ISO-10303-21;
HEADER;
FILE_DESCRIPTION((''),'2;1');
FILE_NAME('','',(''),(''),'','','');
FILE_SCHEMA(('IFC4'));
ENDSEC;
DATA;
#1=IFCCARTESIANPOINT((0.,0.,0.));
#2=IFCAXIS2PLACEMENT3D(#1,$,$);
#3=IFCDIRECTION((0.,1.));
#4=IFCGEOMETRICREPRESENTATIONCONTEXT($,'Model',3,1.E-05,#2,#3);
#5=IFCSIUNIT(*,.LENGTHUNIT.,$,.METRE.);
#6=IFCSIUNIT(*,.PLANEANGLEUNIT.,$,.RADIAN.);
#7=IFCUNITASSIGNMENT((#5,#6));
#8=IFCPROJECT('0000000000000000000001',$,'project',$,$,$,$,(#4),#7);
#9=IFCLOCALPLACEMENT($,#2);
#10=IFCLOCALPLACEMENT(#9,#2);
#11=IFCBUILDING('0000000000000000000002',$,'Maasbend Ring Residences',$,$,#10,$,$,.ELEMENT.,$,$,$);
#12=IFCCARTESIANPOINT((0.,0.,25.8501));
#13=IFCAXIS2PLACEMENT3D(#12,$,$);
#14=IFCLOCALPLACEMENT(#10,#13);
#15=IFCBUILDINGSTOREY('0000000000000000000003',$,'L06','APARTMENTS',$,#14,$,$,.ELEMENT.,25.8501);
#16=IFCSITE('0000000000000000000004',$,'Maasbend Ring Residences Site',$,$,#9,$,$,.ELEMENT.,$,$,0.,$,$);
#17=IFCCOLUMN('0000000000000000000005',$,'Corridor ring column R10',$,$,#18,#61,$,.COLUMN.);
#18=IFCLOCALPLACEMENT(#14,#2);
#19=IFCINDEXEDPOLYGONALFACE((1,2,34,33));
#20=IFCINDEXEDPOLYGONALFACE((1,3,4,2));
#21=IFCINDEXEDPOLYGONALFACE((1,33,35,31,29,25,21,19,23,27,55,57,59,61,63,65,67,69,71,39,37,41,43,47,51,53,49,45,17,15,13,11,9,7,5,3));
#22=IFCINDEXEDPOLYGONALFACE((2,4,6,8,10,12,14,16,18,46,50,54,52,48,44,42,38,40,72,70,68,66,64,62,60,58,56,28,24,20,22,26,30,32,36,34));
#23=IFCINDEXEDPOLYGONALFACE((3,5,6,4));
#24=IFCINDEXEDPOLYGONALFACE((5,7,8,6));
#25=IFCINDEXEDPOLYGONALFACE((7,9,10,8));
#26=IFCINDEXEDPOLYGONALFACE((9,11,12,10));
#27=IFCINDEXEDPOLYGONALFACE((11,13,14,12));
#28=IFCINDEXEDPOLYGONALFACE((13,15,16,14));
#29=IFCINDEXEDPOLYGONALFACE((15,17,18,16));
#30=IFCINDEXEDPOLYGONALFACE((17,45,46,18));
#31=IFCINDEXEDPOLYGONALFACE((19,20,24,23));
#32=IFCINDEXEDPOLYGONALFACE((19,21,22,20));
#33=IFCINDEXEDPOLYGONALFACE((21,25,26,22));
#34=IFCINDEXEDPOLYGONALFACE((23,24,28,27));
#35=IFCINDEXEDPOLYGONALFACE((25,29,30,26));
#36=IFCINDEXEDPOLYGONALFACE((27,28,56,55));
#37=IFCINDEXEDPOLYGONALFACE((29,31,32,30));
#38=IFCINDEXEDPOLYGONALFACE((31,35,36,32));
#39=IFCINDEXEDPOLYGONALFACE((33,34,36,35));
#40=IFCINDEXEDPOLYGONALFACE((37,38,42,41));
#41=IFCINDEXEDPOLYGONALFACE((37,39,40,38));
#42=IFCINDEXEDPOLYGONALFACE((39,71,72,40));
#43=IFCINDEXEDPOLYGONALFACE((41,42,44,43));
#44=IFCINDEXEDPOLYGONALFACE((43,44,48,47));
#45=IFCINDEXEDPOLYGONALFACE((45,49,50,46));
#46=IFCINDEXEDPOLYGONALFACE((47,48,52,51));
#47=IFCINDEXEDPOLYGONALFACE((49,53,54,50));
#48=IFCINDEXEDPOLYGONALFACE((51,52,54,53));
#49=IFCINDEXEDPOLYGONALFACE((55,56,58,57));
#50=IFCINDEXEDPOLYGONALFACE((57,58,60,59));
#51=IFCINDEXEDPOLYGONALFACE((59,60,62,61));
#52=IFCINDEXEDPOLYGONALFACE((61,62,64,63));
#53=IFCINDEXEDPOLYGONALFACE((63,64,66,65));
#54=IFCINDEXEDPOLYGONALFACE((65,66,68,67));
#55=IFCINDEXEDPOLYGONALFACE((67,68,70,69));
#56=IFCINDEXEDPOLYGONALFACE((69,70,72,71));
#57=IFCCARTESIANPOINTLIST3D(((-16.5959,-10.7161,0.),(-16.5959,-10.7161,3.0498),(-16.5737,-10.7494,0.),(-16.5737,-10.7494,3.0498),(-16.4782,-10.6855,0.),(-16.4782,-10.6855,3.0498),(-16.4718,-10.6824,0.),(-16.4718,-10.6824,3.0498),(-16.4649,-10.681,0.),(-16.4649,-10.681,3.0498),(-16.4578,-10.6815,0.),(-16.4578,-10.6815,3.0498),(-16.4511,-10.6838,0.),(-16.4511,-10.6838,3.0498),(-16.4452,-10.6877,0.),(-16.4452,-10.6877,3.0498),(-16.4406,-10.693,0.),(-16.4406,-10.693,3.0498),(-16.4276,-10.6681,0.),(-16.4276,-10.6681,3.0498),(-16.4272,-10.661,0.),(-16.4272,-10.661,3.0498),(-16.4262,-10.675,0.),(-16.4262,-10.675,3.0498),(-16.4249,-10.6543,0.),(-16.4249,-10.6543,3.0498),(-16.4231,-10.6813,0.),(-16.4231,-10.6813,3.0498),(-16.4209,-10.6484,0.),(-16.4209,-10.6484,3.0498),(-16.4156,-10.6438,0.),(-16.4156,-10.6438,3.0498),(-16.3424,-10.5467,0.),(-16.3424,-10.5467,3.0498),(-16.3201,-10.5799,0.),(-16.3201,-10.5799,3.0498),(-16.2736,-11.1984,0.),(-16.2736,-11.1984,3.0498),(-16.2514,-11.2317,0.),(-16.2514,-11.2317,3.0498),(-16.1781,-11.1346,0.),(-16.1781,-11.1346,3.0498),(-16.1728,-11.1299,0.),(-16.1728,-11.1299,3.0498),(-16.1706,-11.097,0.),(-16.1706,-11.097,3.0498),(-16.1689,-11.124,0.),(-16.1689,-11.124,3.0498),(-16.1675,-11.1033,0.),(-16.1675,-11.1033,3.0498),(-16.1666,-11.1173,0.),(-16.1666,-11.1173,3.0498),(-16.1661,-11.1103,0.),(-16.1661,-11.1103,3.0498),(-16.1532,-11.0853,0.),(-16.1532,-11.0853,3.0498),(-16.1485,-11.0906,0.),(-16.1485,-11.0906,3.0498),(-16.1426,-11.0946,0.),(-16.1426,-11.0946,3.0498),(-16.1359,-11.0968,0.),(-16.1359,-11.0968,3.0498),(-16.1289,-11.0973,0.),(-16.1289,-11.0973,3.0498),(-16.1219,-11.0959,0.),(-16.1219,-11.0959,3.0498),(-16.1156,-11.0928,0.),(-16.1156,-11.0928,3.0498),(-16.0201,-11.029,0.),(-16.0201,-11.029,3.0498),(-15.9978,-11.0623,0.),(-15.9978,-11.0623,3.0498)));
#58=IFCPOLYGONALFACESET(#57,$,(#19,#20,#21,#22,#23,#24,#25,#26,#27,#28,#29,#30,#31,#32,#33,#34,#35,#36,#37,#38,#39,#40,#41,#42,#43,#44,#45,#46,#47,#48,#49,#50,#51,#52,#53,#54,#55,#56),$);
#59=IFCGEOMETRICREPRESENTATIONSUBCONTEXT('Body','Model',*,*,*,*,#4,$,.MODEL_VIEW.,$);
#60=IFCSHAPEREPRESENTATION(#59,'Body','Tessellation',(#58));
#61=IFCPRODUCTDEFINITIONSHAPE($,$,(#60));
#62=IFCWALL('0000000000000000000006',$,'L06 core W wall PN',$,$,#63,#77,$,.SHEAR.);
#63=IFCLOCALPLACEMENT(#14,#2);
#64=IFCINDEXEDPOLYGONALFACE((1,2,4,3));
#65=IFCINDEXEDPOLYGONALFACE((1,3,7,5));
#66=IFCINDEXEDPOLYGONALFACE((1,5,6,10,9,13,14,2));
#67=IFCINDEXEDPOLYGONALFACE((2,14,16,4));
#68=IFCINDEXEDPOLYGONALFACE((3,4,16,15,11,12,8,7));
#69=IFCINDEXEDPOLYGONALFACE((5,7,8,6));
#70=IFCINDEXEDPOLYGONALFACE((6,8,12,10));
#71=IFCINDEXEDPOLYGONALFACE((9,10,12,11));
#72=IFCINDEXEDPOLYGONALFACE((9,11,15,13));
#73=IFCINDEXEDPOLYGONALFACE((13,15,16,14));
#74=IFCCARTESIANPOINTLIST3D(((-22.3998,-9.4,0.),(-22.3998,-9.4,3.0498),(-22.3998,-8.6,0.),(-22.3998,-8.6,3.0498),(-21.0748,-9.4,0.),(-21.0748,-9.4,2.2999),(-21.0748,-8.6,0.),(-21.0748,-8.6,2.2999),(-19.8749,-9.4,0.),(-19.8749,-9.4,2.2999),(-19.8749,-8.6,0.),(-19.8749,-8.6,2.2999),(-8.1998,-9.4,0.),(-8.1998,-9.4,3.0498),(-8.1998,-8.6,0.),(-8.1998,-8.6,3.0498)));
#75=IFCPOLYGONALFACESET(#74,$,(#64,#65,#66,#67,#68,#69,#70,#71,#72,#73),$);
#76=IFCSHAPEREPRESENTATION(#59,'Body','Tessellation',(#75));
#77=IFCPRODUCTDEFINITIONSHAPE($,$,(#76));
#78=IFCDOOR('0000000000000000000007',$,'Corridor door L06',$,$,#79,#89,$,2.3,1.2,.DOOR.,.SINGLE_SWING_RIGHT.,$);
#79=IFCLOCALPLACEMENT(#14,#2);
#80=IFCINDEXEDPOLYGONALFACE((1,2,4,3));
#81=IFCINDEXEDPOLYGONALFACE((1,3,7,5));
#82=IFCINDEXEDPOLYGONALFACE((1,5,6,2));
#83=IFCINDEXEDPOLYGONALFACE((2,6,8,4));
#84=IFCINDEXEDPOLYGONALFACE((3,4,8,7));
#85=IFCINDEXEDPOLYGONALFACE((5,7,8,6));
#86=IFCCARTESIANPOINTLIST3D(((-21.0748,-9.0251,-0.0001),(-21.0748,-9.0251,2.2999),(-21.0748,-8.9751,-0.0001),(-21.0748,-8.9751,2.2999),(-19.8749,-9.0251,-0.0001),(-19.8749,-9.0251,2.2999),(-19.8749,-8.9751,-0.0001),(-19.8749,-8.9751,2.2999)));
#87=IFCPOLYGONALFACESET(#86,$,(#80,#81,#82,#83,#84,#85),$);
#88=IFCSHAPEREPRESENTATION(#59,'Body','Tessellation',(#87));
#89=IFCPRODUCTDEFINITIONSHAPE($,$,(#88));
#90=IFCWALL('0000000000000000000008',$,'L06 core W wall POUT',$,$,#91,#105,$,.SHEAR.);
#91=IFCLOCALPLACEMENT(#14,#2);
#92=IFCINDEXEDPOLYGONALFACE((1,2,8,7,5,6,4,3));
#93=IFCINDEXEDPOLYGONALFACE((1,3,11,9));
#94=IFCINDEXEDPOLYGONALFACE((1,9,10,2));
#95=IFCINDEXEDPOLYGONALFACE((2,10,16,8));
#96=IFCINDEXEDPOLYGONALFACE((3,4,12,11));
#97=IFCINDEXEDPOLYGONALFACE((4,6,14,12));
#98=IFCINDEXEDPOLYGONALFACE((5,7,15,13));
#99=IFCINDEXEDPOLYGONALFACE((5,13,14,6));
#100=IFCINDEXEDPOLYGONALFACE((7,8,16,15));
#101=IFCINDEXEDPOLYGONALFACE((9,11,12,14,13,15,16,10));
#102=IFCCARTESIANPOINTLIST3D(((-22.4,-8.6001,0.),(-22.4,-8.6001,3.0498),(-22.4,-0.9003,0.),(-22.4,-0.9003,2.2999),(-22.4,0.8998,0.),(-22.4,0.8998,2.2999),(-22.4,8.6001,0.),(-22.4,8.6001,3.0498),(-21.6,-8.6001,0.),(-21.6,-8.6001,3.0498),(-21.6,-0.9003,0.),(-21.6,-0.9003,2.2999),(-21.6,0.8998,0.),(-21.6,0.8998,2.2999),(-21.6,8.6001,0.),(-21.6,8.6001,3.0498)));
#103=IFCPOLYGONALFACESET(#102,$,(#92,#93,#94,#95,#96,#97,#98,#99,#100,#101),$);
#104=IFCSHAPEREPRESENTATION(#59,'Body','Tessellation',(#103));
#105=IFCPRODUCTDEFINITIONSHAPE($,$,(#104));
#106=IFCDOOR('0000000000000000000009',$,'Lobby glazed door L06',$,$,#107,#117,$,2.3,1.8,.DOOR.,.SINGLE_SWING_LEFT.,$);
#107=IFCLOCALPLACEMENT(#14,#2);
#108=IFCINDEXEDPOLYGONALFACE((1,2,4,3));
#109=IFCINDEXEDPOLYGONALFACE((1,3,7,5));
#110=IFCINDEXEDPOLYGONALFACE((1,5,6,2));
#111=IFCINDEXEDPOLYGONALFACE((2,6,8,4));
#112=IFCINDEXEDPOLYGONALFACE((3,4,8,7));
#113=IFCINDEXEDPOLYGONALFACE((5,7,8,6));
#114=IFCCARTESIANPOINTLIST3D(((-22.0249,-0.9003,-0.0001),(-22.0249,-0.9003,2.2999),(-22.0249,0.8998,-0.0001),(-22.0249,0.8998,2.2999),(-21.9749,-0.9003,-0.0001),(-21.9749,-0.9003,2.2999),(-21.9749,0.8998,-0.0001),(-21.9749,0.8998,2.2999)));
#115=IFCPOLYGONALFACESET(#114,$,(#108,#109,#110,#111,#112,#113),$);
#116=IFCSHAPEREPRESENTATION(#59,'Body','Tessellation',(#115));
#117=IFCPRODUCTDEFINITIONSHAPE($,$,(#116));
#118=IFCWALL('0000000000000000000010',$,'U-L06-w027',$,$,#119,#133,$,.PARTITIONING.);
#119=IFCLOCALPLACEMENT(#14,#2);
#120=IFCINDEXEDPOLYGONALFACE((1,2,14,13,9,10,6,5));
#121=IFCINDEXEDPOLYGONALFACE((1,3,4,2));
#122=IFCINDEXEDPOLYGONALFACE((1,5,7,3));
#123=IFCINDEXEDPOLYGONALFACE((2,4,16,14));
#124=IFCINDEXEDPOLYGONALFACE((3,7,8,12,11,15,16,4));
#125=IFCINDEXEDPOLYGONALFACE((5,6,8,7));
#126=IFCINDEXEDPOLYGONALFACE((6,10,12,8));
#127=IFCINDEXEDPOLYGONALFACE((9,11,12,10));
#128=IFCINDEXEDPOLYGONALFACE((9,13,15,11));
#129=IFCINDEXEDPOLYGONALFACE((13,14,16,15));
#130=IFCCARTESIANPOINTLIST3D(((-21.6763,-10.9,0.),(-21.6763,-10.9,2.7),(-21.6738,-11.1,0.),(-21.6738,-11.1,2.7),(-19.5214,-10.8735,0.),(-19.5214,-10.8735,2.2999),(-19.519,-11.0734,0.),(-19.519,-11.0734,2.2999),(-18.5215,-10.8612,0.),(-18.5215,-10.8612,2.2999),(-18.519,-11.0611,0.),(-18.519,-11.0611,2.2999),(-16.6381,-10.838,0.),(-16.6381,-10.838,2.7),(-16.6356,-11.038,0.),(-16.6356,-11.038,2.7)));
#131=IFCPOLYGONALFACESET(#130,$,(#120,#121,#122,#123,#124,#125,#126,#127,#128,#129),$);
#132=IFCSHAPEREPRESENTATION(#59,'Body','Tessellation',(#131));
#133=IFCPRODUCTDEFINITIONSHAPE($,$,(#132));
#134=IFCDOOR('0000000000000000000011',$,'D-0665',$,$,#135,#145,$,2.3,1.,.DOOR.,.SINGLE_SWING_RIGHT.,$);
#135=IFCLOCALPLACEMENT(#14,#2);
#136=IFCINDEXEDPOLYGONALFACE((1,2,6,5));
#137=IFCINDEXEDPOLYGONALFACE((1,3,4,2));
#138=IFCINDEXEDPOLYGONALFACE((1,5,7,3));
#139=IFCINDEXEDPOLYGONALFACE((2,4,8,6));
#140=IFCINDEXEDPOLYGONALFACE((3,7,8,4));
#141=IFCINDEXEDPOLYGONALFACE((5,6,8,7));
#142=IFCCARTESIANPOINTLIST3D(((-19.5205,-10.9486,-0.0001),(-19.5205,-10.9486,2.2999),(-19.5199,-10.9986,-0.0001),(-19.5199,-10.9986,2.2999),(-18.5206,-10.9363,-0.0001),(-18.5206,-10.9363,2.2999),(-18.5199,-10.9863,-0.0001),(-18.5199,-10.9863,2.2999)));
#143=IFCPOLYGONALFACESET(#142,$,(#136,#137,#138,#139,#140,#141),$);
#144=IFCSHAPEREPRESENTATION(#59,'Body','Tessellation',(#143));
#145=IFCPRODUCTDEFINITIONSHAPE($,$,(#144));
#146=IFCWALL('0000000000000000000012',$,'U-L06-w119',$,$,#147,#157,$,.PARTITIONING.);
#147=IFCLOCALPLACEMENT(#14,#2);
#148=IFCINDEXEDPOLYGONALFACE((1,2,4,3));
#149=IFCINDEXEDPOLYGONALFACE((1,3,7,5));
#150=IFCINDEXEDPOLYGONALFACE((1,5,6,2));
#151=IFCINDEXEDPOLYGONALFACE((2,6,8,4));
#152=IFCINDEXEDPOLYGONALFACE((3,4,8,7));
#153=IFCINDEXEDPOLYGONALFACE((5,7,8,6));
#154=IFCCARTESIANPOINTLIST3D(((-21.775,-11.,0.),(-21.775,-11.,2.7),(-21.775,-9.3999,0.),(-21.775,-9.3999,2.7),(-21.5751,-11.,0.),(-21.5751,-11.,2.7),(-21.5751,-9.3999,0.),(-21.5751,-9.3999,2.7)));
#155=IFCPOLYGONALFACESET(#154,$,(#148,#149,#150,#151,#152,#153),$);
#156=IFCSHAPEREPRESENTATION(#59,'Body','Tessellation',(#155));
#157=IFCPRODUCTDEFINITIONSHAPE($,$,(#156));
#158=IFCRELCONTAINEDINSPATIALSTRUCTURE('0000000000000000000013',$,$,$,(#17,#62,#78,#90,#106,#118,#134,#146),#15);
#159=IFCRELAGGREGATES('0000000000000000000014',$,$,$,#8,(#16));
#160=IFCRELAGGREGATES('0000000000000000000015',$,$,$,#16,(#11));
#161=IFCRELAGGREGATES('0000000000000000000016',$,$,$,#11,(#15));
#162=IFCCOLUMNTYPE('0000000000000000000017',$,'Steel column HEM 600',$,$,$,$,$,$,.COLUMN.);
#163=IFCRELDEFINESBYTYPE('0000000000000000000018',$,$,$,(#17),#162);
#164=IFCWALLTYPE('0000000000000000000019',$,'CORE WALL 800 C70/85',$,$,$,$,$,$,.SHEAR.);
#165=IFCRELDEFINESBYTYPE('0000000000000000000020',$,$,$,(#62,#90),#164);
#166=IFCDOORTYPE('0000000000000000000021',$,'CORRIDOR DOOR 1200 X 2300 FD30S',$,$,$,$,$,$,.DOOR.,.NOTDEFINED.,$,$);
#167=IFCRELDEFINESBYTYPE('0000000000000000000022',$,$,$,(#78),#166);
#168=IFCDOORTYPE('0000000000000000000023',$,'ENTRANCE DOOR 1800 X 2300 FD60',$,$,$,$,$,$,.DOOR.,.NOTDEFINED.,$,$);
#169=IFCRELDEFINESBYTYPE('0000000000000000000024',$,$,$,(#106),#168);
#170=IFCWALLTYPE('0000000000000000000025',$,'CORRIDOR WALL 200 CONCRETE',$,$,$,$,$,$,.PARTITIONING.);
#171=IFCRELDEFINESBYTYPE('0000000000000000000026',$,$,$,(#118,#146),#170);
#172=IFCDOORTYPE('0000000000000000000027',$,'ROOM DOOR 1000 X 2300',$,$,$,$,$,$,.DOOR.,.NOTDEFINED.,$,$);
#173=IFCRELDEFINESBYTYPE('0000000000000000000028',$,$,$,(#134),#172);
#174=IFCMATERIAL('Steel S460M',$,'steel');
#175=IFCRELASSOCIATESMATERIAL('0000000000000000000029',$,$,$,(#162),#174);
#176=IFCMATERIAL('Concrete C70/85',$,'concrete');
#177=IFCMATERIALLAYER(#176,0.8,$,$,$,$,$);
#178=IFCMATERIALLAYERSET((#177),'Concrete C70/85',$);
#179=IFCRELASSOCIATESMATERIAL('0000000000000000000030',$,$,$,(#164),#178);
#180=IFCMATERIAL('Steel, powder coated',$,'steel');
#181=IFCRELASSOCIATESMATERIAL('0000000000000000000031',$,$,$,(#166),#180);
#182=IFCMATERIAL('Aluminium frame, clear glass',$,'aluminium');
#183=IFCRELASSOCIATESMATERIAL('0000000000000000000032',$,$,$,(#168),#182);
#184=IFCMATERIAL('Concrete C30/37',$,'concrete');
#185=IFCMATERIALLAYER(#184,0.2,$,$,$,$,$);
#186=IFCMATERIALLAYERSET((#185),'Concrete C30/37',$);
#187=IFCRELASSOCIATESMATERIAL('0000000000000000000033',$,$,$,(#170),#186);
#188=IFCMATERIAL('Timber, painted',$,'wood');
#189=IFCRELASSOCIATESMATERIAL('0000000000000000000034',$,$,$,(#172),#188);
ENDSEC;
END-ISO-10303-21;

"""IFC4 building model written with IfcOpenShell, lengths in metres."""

from ifc_helpers import new_model, si_unit, direction, frame, frame_2d, origin, origin_2d, place, context, subcontext, project, spatial, rectangle, i_section, extrude, material, layer, layer_set, material_profile, profile_set, type_object, element, fill, save


model = new_model("IFC4")

# Units and contexts
model_context = context("Model", 3, precision=1e-05, world=origin(), true_north=direction((0.0, 1.0)))
body_context = subcontext(model_context, "Body", "Model", "MODEL_VIEW")
ifc_project = project(units=[si_unit("LENGTHUNIT", "METRE"), si_unit("PLANEANGLEUNIT", "RADIAN")], contexts=[model_context])

# Site, building, storey
site_placement = place(None, origin())
site = spatial("IfcSite", under=ifc_project, at=site_placement, Name="Maasbend Ring Residences Site", CompositionType="ELEMENT", RefElevation=0.0)
building_placement = place(site_placement, origin())
building = spatial("IfcBuilding", under=site, at=building_placement, Name="Maasbend Ring Residences", CompositionType="ELEMENT")
storey_placement = place(building_placement, frame((0.0, 0.0, 25.8501)))
storey = spatial("IfcBuildingStorey", under=building, at=storey_placement, Name="L06", Description="APARTMENTS", CompositionType="ELEMENT", Elevation=25.8501)

# Column
ifc_material_1 = material(Name="Steel S460M", Category="steel")
ifc_material_profile = material_profile(ifc_material_1, i_section(OverallWidth=0.3049, OverallDepth=0.6201, WebThickness=0.021, FlangeThickness=0.04, FilletRadius=0.0271, at=origin_2d()), Name="HEM 600")
ifc_profile_set = profile_set([ifc_material_profile], Name="Steel S460M")
column_type = type_object("IfcColumnType", Name="Steel column HEM 600", PredefinedType="COLUMN", material=ifc_profile_set)
column_placement = place(storey_placement, frame((-16.2969, -10.8892, 0.0), z_axis=(0.0, 0.0, 1.0), x_axis=(-0.83147, -0.55557, 0.0)))
element("IfcColumn", 1, at=column_placement, inside=storey, type_object=column_type, Name="Corridor ring column R10", PredefinedType="COLUMN", context=body_context, shape_type="SweptSolid", body=[
    extrude(i_section(OverallWidth=0.3049, OverallDepth=0.6201, WebThickness=0.021, FlangeThickness=0.04, FilletRadius=0.0271, at=origin_2d()), origin(), (0.0, 0.0, 1.0), 3.0498),
])

# Walls, openings, doors
ifc_material_2 = material(Name="Concrete C70/85", Category="concrete")
ifc_layer_1 = layer(ifc_material_2, 0.8)
ifc_layer_set_1 = layer_set([ifc_layer_1], Name="Concrete C70/85")
wall_type_1 = type_object("IfcWallType", Name="CORE WALL 800 C70/85", PredefinedType="SHEAR", material=ifc_layer_set_1)
wall_1_placement = place(storey_placement, frame((-22.3999, -9.0, 0.0), z_axis=(0.0, 0.0, 1.0), x_axis=(1.0, 0.0, 0.0)))
wall_1 = element("IfcWall", 2, at=wall_1_placement, inside=storey, type_object=wall_type_1, Name="L06 core W wall PN", PredefinedType="SHEAR", context=body_context, shape_type="SweptSolid", body=[
    extrude(rectangle(XDim=14.2, YDim=0.8, at=frame_2d((7.1001, 0.0))), origin(), (0.0, 0.0, 1.0), 3.0498),
])
opening_1_placement = place(wall_1_placement, frame((1.325, 0.0, 0.0)))
opening_1 = element("IfcOpeningElement", 3, at=opening_1_placement, cuts=wall_1, PredefinedType="OPENING", context=body_context, shape_type="SweptSolid", body=[
    extrude(rectangle(XDim=1.2, YDim=2.3, at=frame_2d((0.6001, 1.1499))), frame((0.0, 0.4102, 0.0), z_axis=(0.0, -1.0, 0.0), x_axis=(1.0, 0.0, 0.0)), (0.0, 0.0, 1.0), 0.8201),
])
ifc_material_3 = material(Name="Steel, powder coated", Category="steel")
door_type_1 = type_object("IfcDoorType", Name="CORRIDOR DOOR 1200 X 2300 FD30S", OperationType="NOTDEFINED", PredefinedType="DOOR", material=ifc_material_3)
door_1_placement = place(opening_1_placement, origin())
door_1 = element("IfcDoor", 4, at=door_1_placement, inside=storey, type_object=door_type_1, Name="Corridor door L06", OperationType="SINGLE_SWING_RIGHT", OverallHeight=2.3, OverallWidth=1.2, PredefinedType="DOOR", context=body_context, shape_type="SweptSolid", body=[
    extrude(rectangle(XDim=1.2, YDim=2.3, at=frame_2d((0.6001, 1.1499))), frame((0.0, 0.0249, 0.0), z_axis=(0.0, -1.0, 0.0), x_axis=(1.0, 0.0, 0.0)), (0.0, 0.0, 1.0), 0.05),
])
fill(opening_1, door_1)
wall_2_placement = place(storey_placement, frame((-22.0, -8.6001, 0.0), z_axis=(0.0, 0.0, 1.0), x_axis=(0.0, 1.0, 0.0)))
wall_2 = element("IfcWall", 5, at=wall_2_placement, inside=storey, type_object=wall_type_1, Name="L06 core W wall POUT", PredefinedType="SHEAR", context=body_context, shape_type="SweptSolid", body=[
    extrude(rectangle(XDim=17.2002, YDim=0.8, at=frame_2d((8.6001, 0.0))), origin(), (0.0, 0.0, 1.0), 3.0498),
])
opening_2_placement = place(wall_2_placement, frame((7.7, 0.0, 0.0)))
opening_2 = element("IfcOpeningElement", 6, at=opening_2_placement, cuts=wall_2, PredefinedType="OPENING", context=body_context, shape_type="SweptSolid", body=[
    extrude(rectangle(XDim=1.8, YDim=2.3, at=frame_2d((0.8999, 1.1499))), frame((0.0, 0.4102, 0.0), z_axis=(0.0, -1.0, 0.0), x_axis=(1.0, 0.0, 0.0)), (0.0, 0.0, 1.0), 0.8201),
])
ifc_material_4 = material(Name="Aluminium frame, clear glass", Category="aluminium")
door_type_2 = type_object("IfcDoorType", Name="ENTRANCE DOOR 1800 X 2300 FD60", OperationType="NOTDEFINED", PredefinedType="DOOR", material=ifc_material_4)
door_2_placement = place(opening_2_placement, origin())
door_2 = element("IfcDoor", 7, at=door_2_placement, inside=storey, type_object=door_type_2, Name="Lobby glazed door L06", OperationType="SINGLE_SWING_LEFT", OverallHeight=2.3, OverallWidth=1.8, PredefinedType="DOOR", context=body_context, shape_type="SweptSolid", body=[
    extrude(rectangle(XDim=1.8, YDim=2.3, at=frame_2d((0.8999, 1.1499))), frame((0.0, 0.0249, 0.0), z_axis=(0.0, -1.0, 0.0), x_axis=(1.0, 0.0, 0.0)), (0.0, 0.0, 1.0), 0.05),
])
fill(opening_2, door_2)
ifc_material_5 = material(Name="Concrete C30/37", Category="concrete")
ifc_layer_2 = layer(ifc_material_5, 0.2)
ifc_layer_set_2 = layer_set([ifc_layer_2], Name="Concrete C30/37")
wall_type_2 = type_object("IfcWallType", Name="CORRIDOR WALL 200 CONCRETE", PredefinedType="PARTITIONING", material=ifc_layer_set_2)
wall_3_placement = place(storey_placement, frame((-21.675, -11.0, 0.0), z_axis=(0.0, 0.0, 1.0), x_axis=(0.999924, 0.012308, 0.0)))
wall_3 = element("IfcWall", 8, at=wall_3_placement, inside=storey, type_object=wall_type_2, Name="U-L06-w027", PredefinedType="PARTITIONING", context=body_context, shape_type="SweptSolid", body=[
    extrude(rectangle(XDim=5.0386, YDim=0.2, at=frame_2d((2.5193, 0.0))), origin(), (0.0, 0.0, 1.0), 2.7),
])
opening_3_placement = place(wall_3_placement, frame((2.155, 0.0, 0.0)))
opening_3 = element("IfcOpeningElement", 9, at=opening_3_placement, cuts=wall_3, PredefinedType="OPENING", context=body_context, shape_type="SweptSolid", body=[
    extrude(rectangle(XDim=1.0, YDim=2.3, at=frame_2d((0.5, 1.1499))), frame((0.0, 0.1099, 0.0), z_axis=(0.0, -1.0, 0.0), x_axis=(1.0, 0.0, 0.0)), (0.0, 0.0, 1.0), 0.22),
])
ifc_material_6 = material(Name="Timber, painted", Category="wood")
door_type_3 = type_object("IfcDoorType", Name="ROOM DOOR 1000 X 2300", OperationType="NOTDEFINED", PredefinedType="DOOR", material=ifc_material_6)
door_3_placement = place(opening_3_placement, origin())
door_3 = element("IfcDoor", 10, at=door_3_placement, inside=storey, type_object=door_type_3, Name="D-0665", OperationType="SINGLE_SWING_RIGHT", OverallHeight=2.3, OverallWidth=1.0, PredefinedType="DOOR", context=body_context, shape_type="SweptSolid", body=[
    extrude(rectangle(XDim=1.0, YDim=2.3, at=frame_2d((0.5, 1.1499))), frame((0.0, 0.0249, 0.0), z_axis=(0.0, -1.0, 0.0), x_axis=(1.0, 0.0, 0.0)), (0.0, 0.0, 1.0), 0.05),
])
fill(opening_3, door_3)

# Wall
wall_4_placement = place(storey_placement, frame((-21.675, -11.0, 0.0), z_axis=(0.0, 0.0, 1.0), x_axis=(0.0, 1.0, 0.0)))
element("IfcWall", 11, at=wall_4_placement, inside=storey, type_object=wall_type_2, Name="U-L06-w119", PredefinedType="PARTITIONING", context=body_context, shape_type="SweptSolid", body=[
    extrude(rectangle(XDim=1.6001, YDim=0.2, at=frame_2d((0.8, 0.0))), origin(), (0.0, 0.0, 1.0), 2.7),
])

save(model, "model.ifc")
